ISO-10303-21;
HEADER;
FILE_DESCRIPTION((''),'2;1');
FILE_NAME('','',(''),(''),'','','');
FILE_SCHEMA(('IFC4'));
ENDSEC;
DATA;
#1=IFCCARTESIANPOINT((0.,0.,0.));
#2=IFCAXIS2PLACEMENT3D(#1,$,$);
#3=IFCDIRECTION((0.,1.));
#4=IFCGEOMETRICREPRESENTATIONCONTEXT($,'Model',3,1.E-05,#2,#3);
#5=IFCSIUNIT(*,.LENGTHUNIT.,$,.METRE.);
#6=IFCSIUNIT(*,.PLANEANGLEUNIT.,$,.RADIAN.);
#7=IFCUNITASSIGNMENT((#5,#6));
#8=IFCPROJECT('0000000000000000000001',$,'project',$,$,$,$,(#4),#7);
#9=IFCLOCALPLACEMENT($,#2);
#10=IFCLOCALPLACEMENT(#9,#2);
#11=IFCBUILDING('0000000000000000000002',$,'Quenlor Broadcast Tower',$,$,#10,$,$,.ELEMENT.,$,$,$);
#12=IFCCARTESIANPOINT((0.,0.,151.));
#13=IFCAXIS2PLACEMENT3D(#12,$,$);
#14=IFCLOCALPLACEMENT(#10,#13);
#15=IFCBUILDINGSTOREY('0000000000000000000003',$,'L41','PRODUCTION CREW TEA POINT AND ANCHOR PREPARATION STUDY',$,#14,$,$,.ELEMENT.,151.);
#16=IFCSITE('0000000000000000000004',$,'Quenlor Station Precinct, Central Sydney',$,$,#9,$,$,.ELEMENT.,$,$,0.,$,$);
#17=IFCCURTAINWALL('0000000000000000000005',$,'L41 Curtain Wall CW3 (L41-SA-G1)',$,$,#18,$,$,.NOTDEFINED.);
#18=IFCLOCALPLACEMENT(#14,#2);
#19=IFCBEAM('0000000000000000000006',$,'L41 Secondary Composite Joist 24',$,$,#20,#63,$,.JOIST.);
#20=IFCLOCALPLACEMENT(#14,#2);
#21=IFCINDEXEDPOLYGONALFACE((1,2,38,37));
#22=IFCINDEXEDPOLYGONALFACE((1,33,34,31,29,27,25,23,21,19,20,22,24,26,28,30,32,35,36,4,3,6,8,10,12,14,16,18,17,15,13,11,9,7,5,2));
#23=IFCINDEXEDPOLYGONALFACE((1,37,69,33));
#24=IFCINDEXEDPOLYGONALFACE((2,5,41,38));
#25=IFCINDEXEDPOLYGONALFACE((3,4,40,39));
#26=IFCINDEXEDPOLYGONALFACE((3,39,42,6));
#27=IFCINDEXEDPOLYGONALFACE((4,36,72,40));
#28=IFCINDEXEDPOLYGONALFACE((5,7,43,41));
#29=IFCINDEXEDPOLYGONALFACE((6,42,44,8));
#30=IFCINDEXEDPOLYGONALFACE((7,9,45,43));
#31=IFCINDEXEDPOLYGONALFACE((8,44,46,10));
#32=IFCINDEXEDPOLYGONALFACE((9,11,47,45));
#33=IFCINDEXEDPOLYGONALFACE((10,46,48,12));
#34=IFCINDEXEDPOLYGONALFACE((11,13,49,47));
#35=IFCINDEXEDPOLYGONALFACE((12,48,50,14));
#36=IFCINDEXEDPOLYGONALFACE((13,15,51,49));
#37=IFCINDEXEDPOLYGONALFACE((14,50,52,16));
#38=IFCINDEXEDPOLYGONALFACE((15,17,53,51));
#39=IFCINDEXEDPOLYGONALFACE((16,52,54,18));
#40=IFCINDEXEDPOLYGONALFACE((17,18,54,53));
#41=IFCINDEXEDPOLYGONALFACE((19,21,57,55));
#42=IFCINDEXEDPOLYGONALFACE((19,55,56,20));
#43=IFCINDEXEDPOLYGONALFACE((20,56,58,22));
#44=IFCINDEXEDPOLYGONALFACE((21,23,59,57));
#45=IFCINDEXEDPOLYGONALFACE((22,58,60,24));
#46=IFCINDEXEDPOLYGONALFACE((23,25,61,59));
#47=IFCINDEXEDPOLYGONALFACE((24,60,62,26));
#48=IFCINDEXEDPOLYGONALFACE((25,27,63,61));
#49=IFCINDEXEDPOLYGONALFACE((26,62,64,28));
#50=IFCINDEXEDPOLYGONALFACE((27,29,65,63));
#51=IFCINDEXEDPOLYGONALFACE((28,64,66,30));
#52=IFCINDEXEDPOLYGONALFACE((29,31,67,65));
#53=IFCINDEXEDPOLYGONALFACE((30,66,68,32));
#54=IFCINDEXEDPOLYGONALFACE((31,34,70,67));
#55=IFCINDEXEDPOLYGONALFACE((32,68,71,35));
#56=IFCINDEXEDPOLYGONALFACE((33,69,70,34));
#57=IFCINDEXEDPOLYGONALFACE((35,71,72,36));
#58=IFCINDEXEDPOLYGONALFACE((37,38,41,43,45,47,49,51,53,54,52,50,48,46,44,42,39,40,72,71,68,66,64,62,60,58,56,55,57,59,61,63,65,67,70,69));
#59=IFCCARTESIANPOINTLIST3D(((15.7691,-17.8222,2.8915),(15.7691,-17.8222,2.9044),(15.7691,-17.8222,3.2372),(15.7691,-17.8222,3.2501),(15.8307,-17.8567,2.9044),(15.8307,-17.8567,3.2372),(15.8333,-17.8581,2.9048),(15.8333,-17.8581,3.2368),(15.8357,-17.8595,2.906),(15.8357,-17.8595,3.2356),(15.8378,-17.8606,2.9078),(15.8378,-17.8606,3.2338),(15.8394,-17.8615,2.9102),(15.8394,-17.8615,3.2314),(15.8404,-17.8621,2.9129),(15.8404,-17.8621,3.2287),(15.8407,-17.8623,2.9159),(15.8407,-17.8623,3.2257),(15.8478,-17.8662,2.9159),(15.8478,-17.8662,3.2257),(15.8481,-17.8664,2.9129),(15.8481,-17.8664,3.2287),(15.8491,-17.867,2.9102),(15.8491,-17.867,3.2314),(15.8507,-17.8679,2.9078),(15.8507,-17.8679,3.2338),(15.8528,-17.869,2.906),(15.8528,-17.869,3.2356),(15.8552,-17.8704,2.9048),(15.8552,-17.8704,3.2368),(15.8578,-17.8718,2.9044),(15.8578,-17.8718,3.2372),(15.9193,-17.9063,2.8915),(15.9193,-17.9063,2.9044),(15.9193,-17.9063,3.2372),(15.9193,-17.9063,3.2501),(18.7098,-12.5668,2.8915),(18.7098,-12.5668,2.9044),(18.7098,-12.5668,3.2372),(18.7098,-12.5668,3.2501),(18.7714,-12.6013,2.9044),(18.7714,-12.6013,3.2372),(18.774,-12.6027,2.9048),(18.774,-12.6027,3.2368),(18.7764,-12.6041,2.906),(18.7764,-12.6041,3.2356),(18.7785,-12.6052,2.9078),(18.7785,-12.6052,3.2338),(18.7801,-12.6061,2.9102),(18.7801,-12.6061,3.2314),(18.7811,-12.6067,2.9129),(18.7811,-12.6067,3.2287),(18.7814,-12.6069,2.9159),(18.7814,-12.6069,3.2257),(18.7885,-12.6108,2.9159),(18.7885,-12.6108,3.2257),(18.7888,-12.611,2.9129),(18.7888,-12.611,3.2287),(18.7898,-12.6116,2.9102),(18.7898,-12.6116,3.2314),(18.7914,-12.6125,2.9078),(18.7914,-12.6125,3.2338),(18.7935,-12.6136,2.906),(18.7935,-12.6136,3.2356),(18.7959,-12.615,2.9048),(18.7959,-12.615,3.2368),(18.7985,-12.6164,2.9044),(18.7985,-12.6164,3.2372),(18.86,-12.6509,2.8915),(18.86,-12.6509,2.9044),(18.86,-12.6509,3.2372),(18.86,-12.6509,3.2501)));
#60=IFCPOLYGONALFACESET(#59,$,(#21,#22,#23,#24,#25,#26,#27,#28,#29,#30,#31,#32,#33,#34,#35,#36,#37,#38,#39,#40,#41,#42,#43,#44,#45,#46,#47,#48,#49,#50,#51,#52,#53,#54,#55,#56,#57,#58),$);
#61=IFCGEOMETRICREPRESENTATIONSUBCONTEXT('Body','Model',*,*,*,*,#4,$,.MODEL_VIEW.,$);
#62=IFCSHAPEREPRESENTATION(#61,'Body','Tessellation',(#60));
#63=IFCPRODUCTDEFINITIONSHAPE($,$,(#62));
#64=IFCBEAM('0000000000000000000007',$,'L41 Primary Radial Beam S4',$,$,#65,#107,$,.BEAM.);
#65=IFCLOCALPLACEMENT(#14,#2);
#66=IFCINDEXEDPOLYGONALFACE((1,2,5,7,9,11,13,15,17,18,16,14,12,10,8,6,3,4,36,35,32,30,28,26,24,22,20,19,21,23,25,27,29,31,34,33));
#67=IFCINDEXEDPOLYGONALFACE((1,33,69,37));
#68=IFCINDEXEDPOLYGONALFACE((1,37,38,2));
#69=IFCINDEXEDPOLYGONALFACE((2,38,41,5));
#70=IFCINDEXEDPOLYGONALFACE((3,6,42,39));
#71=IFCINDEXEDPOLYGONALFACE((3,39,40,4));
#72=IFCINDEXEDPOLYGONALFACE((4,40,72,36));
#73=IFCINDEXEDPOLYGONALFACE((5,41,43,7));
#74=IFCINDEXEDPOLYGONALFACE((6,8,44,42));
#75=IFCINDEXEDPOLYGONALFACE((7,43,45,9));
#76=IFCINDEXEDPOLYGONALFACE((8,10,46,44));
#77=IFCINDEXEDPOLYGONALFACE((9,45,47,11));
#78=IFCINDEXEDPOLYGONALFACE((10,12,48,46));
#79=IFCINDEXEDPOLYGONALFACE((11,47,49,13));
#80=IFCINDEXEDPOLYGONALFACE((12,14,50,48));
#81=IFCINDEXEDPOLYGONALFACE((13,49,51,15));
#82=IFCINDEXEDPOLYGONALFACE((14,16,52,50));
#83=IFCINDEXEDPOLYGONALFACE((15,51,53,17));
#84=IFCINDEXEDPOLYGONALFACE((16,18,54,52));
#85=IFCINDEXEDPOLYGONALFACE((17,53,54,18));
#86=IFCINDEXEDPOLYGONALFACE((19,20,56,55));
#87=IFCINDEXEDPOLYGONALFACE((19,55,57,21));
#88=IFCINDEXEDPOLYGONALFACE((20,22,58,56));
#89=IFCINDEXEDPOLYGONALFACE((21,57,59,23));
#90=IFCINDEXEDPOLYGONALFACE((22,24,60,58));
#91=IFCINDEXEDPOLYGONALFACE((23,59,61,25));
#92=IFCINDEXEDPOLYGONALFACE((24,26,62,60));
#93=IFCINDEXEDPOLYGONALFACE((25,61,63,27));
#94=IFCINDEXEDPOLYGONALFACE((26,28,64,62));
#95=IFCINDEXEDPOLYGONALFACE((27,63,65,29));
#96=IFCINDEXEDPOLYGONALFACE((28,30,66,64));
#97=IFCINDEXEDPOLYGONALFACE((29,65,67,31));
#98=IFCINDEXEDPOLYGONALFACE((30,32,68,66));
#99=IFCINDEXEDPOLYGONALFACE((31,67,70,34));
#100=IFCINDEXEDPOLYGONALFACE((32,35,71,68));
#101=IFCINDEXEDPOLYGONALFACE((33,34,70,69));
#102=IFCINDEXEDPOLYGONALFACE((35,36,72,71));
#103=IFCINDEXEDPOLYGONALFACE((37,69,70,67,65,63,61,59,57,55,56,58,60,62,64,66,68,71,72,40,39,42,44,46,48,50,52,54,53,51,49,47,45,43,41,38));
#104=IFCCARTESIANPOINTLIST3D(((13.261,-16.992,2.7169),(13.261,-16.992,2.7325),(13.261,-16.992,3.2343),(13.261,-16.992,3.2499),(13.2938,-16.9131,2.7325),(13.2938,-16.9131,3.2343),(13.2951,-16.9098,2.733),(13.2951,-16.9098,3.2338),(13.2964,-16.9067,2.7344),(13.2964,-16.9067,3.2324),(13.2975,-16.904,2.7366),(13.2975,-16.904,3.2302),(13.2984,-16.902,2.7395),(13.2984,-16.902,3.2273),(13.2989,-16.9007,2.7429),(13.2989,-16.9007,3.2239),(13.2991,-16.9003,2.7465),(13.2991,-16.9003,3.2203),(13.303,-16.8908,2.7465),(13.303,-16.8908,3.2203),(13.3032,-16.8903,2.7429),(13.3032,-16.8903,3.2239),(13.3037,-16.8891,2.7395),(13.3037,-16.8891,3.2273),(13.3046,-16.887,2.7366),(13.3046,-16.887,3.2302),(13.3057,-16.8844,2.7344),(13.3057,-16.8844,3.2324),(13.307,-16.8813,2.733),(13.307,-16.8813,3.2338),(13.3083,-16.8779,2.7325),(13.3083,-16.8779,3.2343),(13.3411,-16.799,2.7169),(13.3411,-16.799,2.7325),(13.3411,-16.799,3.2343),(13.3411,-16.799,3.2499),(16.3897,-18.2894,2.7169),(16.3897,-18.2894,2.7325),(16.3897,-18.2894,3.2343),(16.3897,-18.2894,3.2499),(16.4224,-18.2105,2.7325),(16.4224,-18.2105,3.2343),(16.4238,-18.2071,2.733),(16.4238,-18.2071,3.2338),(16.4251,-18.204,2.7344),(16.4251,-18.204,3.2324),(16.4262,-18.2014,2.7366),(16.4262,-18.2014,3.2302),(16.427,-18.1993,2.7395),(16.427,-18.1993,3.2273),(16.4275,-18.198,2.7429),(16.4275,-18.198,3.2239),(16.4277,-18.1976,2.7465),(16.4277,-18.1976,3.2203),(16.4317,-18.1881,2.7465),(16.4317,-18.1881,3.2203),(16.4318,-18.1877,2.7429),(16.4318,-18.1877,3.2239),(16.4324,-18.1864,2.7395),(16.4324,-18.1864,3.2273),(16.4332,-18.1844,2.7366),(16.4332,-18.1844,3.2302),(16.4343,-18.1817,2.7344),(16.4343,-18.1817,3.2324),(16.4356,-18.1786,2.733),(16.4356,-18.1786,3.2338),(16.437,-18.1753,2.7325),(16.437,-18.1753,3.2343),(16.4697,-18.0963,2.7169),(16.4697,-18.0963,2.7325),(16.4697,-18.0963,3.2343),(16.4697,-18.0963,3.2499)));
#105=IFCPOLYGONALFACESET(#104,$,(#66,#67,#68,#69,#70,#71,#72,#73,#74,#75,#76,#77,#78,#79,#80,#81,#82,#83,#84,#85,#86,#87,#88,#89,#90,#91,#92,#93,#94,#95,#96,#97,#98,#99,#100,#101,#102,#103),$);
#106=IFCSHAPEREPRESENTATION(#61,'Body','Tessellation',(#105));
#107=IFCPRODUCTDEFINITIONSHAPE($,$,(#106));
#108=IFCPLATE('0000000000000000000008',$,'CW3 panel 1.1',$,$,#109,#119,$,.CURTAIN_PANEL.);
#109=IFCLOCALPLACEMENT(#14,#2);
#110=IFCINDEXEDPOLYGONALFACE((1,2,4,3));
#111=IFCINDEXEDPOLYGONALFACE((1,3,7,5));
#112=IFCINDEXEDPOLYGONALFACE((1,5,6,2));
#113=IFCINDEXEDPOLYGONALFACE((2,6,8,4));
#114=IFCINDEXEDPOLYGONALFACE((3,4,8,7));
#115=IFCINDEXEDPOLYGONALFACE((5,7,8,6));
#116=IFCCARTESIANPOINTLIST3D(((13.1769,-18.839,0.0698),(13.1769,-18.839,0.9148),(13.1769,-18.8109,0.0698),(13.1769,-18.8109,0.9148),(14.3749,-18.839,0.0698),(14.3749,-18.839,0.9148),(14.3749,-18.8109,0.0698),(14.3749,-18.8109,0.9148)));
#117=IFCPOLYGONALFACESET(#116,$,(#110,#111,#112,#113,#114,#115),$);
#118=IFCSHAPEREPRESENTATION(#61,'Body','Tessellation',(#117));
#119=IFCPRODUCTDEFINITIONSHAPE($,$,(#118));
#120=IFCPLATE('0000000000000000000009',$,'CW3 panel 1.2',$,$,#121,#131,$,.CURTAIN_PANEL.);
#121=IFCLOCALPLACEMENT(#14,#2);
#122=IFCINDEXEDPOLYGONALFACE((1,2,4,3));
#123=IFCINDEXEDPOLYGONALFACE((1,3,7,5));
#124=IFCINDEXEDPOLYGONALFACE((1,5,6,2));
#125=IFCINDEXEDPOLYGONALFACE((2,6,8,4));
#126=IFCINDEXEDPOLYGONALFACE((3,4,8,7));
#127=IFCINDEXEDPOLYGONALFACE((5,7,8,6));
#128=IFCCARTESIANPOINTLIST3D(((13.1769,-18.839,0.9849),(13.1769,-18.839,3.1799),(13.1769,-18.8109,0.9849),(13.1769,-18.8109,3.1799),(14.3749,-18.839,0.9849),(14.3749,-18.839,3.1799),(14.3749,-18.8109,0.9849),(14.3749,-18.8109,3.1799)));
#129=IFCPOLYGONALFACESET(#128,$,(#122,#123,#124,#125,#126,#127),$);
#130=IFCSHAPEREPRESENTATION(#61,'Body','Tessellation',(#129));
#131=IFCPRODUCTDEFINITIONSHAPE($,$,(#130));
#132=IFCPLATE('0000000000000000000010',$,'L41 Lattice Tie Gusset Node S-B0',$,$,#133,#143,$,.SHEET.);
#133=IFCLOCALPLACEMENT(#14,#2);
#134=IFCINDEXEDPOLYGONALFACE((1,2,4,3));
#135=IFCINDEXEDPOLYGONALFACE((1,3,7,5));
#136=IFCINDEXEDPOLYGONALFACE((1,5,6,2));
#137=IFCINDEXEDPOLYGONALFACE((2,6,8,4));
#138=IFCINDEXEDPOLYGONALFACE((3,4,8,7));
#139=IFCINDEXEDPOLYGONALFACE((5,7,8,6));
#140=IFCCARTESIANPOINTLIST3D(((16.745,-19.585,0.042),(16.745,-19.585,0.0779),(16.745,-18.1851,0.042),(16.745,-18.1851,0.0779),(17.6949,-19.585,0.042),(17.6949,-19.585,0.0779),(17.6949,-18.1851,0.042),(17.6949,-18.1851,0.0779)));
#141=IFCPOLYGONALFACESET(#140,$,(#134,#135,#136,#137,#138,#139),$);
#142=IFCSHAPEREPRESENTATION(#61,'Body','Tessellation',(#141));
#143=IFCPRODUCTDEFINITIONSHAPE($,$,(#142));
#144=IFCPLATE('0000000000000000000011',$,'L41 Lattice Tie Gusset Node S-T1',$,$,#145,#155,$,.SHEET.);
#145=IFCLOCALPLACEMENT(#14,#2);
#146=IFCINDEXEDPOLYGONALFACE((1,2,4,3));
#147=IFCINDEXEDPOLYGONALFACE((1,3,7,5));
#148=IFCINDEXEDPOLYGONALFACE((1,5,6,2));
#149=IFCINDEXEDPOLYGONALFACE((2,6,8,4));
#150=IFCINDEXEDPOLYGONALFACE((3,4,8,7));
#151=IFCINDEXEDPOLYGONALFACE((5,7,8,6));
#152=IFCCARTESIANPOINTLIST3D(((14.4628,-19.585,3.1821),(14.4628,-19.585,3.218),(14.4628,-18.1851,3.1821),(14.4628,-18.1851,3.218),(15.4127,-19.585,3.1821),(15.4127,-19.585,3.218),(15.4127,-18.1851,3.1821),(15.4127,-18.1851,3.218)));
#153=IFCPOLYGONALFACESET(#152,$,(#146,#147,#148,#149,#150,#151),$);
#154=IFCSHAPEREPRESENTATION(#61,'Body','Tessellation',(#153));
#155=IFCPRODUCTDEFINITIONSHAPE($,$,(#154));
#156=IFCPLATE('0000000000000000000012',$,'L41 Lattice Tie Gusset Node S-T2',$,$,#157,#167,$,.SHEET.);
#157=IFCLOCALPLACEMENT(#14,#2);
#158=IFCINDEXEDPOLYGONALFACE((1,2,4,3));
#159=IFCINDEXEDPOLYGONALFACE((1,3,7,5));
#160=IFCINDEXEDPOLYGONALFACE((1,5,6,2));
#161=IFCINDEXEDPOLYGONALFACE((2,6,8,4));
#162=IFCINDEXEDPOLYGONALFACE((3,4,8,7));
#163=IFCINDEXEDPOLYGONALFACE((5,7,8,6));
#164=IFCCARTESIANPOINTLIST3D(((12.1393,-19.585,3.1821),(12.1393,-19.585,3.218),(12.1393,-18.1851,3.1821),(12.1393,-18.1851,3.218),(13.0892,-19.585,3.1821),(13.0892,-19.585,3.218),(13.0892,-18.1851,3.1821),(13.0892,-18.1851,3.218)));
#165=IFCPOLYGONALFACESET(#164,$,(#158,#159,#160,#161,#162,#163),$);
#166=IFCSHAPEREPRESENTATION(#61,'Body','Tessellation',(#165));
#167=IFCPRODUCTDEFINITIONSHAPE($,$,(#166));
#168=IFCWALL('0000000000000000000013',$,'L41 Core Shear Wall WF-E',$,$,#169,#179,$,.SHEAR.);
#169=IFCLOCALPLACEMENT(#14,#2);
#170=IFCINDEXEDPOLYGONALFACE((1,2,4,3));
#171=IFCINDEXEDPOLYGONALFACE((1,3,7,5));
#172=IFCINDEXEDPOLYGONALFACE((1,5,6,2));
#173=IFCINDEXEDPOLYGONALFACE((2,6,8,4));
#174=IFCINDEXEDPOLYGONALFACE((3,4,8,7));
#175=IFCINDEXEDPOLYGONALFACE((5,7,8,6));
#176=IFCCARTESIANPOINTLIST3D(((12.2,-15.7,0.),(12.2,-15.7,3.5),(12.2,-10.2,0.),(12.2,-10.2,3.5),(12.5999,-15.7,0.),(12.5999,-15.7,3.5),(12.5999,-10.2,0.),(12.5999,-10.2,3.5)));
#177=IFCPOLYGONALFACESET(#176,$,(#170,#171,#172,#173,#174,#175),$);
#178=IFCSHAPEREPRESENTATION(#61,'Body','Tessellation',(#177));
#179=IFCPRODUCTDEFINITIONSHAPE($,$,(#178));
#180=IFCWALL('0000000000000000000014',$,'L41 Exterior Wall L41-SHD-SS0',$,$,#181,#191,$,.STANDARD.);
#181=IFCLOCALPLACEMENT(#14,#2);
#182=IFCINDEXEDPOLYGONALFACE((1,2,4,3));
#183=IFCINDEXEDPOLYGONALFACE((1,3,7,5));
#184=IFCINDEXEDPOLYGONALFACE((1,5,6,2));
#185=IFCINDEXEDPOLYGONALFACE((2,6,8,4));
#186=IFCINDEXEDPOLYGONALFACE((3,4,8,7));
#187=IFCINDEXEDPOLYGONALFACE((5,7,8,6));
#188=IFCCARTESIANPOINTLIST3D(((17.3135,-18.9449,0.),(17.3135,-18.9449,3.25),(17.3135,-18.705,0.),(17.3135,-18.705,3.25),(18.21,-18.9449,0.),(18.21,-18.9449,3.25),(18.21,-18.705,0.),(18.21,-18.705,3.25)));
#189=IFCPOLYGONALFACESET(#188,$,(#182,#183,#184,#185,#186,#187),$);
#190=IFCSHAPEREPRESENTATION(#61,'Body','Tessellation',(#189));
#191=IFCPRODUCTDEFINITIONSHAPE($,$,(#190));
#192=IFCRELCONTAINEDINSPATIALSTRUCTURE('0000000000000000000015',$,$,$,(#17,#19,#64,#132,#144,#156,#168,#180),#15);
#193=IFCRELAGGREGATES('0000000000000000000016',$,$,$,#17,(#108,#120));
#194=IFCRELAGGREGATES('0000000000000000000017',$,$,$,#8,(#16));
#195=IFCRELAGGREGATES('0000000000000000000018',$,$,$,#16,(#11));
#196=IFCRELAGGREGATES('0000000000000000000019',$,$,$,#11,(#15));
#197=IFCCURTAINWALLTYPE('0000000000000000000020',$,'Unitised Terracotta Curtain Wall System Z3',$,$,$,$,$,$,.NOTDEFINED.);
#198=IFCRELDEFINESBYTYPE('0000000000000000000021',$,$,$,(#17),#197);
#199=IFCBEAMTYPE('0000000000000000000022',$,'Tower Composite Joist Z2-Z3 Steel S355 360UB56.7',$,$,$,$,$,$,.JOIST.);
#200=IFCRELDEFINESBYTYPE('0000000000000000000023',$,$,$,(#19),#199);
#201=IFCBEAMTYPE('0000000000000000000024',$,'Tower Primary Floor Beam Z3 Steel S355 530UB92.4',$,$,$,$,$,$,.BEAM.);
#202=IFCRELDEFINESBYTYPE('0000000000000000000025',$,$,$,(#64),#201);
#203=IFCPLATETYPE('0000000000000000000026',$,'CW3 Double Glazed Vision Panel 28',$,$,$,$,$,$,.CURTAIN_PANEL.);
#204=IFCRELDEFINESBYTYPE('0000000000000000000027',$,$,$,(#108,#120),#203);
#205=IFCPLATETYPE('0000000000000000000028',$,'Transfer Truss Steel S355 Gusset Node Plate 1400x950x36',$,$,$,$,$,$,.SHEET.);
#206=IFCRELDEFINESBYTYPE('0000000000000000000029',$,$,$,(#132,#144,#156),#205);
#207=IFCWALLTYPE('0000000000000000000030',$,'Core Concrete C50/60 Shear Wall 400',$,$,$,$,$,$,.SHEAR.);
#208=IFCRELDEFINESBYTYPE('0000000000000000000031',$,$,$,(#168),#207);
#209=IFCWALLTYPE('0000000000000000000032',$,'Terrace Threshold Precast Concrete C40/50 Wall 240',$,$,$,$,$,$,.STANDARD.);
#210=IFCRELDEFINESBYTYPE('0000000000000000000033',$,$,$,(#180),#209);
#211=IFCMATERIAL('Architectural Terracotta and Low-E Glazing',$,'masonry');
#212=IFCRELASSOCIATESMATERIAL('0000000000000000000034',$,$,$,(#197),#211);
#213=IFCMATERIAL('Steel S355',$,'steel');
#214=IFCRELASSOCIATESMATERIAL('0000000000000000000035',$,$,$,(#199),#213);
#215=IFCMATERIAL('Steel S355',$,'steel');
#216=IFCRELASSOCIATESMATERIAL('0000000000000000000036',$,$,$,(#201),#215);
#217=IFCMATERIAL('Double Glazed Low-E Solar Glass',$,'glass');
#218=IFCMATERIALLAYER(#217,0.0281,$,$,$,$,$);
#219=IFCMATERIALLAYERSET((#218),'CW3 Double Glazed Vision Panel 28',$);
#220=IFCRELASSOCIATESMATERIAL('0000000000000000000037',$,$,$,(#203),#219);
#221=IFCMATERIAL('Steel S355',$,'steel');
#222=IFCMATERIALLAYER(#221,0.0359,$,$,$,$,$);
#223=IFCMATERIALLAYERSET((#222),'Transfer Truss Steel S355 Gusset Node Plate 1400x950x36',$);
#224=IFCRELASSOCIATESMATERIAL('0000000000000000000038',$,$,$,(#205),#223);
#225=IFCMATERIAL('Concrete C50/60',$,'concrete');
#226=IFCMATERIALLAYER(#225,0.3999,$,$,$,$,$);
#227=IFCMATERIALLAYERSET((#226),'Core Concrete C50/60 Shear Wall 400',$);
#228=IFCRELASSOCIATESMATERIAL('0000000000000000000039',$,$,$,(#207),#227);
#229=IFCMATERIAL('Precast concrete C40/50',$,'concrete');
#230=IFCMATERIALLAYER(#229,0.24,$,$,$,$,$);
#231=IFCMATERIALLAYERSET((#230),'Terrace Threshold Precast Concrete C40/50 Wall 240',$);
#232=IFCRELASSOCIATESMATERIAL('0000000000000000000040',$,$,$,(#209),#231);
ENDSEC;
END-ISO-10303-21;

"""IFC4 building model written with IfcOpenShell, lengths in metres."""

from ifc_helpers import new_model, si_unit, direction, frame, frame_2d, origin, origin_2d, place, context, subcontext, project, spatial, rectangle, i_section, extrude, material, layer, layer_set, material_profile, profile_set, type_object, element, aggregate, save


model = new_model("IFC4")

# Units and contexts
model_context = context("Model", 3, precision=1e-05, world=origin(), true_north=direction((0.0, 1.0)))
body_context = subcontext(model_context, "Body", "Model", "MODEL_VIEW")
ifc_project = project(units=[si_unit("LENGTHUNIT", "METRE"), si_unit("PLANEANGLEUNIT", "RADIAN")], contexts=[model_context])

# Site, building, storey
site_placement = place(None, origin())
site = spatial("IfcSite", under=ifc_project, at=site_placement, Name="Quenlor Station Precinct, Central Sydney", CompositionType="ELEMENT", RefElevation=0.0)
building_placement = place(site_placement, origin())
building = spatial("IfcBuilding", under=site, at=building_placement, Name="Quenlor Broadcast Tower", CompositionType="ELEMENT")
storey_placement = place(building_placement, frame((0.0, 0.0, 151.0)))
storey = spatial("IfcBuildingStorey", under=building, at=storey_placement, Name="L41", Description="PRODUCTION CREW TEA POINT AND ANCHOR PREPARATION STUDY", CompositionType="ELEMENT", Elevation=151.0)

# Curtain wall
ifc_material_1 = material(Name="Architectural Terracotta and Low-E Glazing", Category="masonry")
curtain_wall_type = type_object("IfcCurtainWallType", Name="Unitised Terracotta Curtain Wall System Z3", PredefinedType="NOTDEFINED", material=ifc_material_1)
curtain_wall_placement = place(storey_placement, origin())
curtain_wall = element("IfcCurtainWall", 1, at=curtain_wall_placement, inside=storey, type_object=curtain_wall_type, Name="L41 Curtain Wall CW3 (L41-SA-G1)", PredefinedType="NOTDEFINED")

# Beams
ifc_material_2 = material(Name="Steel S355", Category="steel")
ifc_material_profile_1 = material_profile(ifc_material_2, i_section(OverallWidth=0.1721, OverallDepth=0.3586, WebThickness=0.0081, FlangeThickness=0.0129, FilletRadius=0.0115, at=origin_2d()))
ifc_profile_set_1 = profile_set([ifc_material_profile_1], Name="Steel S355 360UB56.7")
beam_type_1 = type_object("IfcBeamType", Name="Tower Composite Joist Z2-Z3 Steel S355 360UB56.7", PredefinedType="JOIST", material=ifc_profile_set_1)
beam_1_placement = place(storey_placement, frame((15.8442, -17.8643, 3.0708), z_axis=(0.488308, 0.872671, 0.0), x_axis=(-0.872671, 0.488308, 0.0)))
element("IfcBeam", 2, at=beam_1_placement, inside=storey, type_object=beam_type_1, Name="L41 Secondary Composite Joist 24", PredefinedType="JOIST", context=body_context, shape_type="SweptSolid", body=[
    extrude(i_section(OverallWidth=0.1721, OverallDepth=0.3586, WebThickness=0.0081, FlangeThickness=0.0129, FilletRadius=0.0115, at=origin_2d()), origin(), (0.0, 0.0, 1.0), 6.0222),
])
ifc_material_3 = material(Name="Steel S355", Category="steel")
ifc_material_profile_2 = material_profile(ifc_material_3, i_section(OverallWidth=0.209, OverallDepth=0.533, WebThickness=0.0103, FlangeThickness=0.0156, FilletRadius=0.0139, at=origin_2d()))
ifc_profile_set_2 = profile_set([ifc_material_profile_2], Name="Steel S355 530UB92.4")
beam_type_2 = type_object("IfcBeamType", Name="Tower Primary Floor Beam Z3 Steel S355 530UB92.4", PredefinedType="BEAM", material=ifc_profile_set_2)
beam_2_placement = place(storey_placement, frame((16.4297, -18.1929, 2.9834), z_axis=(-0.92373, 0.383044, 0.0), x_axis=(-0.383044, -0.92373, 0.0)))
element("IfcBeam", 3, at=beam_2_placement, inside=storey, type_object=beam_type_2, Name="L41 Primary Radial Beam S4", PredefinedType="BEAM", context=body_context, shape_type="SweptSolid", body=[
    extrude(i_section(OverallWidth=0.209, OverallDepth=0.533, WebThickness=0.0103, FlangeThickness=0.0156, FilletRadius=0.0139, at=origin_2d()), origin(), (0.0, 0.0, 1.0), 3.387),
])

# Plates
ifc_material_4 = material(Name="Double Glazed Low-E Solar Glass", Category="glass")
ifc_layer_1 = layer(ifc_material_4, 0.0281)
ifc_layer_set_1 = layer_set([ifc_layer_1], Name="CW3 Double Glazed Vision Panel 28")
plate_type_1 = type_object("IfcPlateType", Name="CW3 Double Glazed Vision Panel 28", PredefinedType="CURTAIN_PANEL", material=ifc_layer_set_1)
plate_1_placement = place(storey_placement, frame((13.7759, -18.825, 0.0698), z_axis=(0.0, 0.0, 1.0), x_axis=(-1.0, 0.0, 0.0)))
plate_1 = element("IfcPlate", 4, at=plate_1_placement, type_object=plate_type_1, Name="CW3 panel 1.1", PredefinedType="CURTAIN_PANEL", context=body_context, shape_type="SweptSolid", body=[
    extrude(rectangle(XDim=1.198, YDim=0.0281, at=origin_2d()), origin(), (0.0, 0.0, 1.0), 0.845),
])
plate_2_placement = place(storey_placement, frame((13.7759, -18.825, 0.9849), z_axis=(0.0, 0.0, 1.0), x_axis=(-1.0, 0.0, 0.0)))
plate_2 = element("IfcPlate", 5, at=plate_2_placement, type_object=plate_type_1, Name="CW3 panel 1.2", PredefinedType="CURTAIN_PANEL", context=body_context, shape_type="SweptSolid", body=[
    extrude(rectangle(XDim=1.198, YDim=0.0281, at=origin_2d()), origin(), (0.0, 0.0, 1.0), 2.1951),
])
aggregate(curtain_wall, [plate_1, plate_2])

# Plates
ifc_material_5 = material(Name="Steel S355", Category="steel")
ifc_layer_2 = layer(ifc_material_5, 0.0359)
ifc_layer_set_2 = layer_set([ifc_layer_2], Name="Transfer Truss Steel S355 Gusset Node Plate 1400x950x36")
plate_type_2 = type_object("IfcPlateType", Name="Transfer Truss Steel S355 Gusset Node Plate 1400x950x36", PredefinedType="SHEET", material=ifc_layer_set_2)
for number, where, z_axis, x_axis, name in (
    (6, (17.22, -18.885, 0.042), (0.0, 0.0, 1.0), (0.0, -1.0, 0.0), "L41 Lattice Tie Gusset Node S-B0"),
    (7, (14.9377, -18.885, 3.1821), (0.0, 0.0, 1.0), (0.0, -1.0, 0.0), "L41 Lattice Tie Gusset Node S-T1"),
    (8, (12.6143, -18.885, 3.1821), (0.0, 0.0, 1.0), (0.0, -1.0, 0.0), "L41 Lattice Tie Gusset Node S-T2"),
):
    element("IfcPlate", number, at=place(storey_placement, frame(where, z_axis=z_axis, x_axis=x_axis)), inside=storey, type_object=plate_type_2, Name=name, PredefinedType="SHEET", context=body_context, shape_type="SweptSolid", body=[
        extrude(rectangle(XDim=1.3999, YDim=0.95, at=origin_2d()), origin(), (0.0, 0.0, 1.0), 0.0359),
    ])

# Walls
ifc_material_6 = material(Name="Concrete C50/60", Category="concrete")
ifc_layer_3 = layer(ifc_material_6, 0.3999)
ifc_layer_set_3 = layer_set([ifc_layer_3], Name="Core Concrete C50/60 Shear Wall 400")
wall_type_1 = type_object("IfcWallType", Name="Core Concrete C50/60 Shear Wall 400", PredefinedType="SHEAR", material=ifc_layer_set_3)
wall_1_placement = place(storey_placement, frame((12.3999, -15.7, 0.0), z_axis=(0.0, 0.0, 1.0), x_axis=(0.0, 1.0, 0.0)))
element("IfcWall", 9, at=wall_1_placement, inside=storey, type_object=wall_type_1, Name="L41 Core Shear Wall WF-E", PredefinedType="SHEAR", context=body_context, shape_type="SweptSolid", body=[
    extrude(rectangle(XDim=5.5, YDim=0.3999, at=frame_2d((2.75, 0.0))), origin(), (0.0, 0.0, 1.0), 3.5),
])
ifc_material_7 = material(Name="Precast concrete C40/50", Category="concrete")
ifc_layer_4 = layer(ifc_material_7, 0.24)
ifc_layer_set_4 = layer_set([ifc_layer_4], Name="Terrace Threshold Precast Concrete C40/50 Wall 240")
wall_type_2 = type_object("IfcWallType", Name="Terrace Threshold Precast Concrete C40/50 Wall 240", PredefinedType="STANDARD", material=ifc_layer_set_4)
wall_2_placement = place(storey_placement, frame((18.21, -18.825, 0.0), z_axis=(0.0, 0.0, 1.0), x_axis=(-1.0, 0.0, 0.0)))
element("IfcWall", 10, at=wall_2_placement, inside=storey, type_object=wall_type_2, Name="L41 Exterior Wall L41-SHD-SS0", PredefinedType="STANDARD", context=body_context, shape_type="SweptSolid", body=[
    extrude(rectangle(XDim=0.8965, YDim=0.24, at=frame_2d((0.4482, 0.0))), origin(), (0.0, 0.0, 1.0), 3.25),
])

save(model, "model.ifc")
